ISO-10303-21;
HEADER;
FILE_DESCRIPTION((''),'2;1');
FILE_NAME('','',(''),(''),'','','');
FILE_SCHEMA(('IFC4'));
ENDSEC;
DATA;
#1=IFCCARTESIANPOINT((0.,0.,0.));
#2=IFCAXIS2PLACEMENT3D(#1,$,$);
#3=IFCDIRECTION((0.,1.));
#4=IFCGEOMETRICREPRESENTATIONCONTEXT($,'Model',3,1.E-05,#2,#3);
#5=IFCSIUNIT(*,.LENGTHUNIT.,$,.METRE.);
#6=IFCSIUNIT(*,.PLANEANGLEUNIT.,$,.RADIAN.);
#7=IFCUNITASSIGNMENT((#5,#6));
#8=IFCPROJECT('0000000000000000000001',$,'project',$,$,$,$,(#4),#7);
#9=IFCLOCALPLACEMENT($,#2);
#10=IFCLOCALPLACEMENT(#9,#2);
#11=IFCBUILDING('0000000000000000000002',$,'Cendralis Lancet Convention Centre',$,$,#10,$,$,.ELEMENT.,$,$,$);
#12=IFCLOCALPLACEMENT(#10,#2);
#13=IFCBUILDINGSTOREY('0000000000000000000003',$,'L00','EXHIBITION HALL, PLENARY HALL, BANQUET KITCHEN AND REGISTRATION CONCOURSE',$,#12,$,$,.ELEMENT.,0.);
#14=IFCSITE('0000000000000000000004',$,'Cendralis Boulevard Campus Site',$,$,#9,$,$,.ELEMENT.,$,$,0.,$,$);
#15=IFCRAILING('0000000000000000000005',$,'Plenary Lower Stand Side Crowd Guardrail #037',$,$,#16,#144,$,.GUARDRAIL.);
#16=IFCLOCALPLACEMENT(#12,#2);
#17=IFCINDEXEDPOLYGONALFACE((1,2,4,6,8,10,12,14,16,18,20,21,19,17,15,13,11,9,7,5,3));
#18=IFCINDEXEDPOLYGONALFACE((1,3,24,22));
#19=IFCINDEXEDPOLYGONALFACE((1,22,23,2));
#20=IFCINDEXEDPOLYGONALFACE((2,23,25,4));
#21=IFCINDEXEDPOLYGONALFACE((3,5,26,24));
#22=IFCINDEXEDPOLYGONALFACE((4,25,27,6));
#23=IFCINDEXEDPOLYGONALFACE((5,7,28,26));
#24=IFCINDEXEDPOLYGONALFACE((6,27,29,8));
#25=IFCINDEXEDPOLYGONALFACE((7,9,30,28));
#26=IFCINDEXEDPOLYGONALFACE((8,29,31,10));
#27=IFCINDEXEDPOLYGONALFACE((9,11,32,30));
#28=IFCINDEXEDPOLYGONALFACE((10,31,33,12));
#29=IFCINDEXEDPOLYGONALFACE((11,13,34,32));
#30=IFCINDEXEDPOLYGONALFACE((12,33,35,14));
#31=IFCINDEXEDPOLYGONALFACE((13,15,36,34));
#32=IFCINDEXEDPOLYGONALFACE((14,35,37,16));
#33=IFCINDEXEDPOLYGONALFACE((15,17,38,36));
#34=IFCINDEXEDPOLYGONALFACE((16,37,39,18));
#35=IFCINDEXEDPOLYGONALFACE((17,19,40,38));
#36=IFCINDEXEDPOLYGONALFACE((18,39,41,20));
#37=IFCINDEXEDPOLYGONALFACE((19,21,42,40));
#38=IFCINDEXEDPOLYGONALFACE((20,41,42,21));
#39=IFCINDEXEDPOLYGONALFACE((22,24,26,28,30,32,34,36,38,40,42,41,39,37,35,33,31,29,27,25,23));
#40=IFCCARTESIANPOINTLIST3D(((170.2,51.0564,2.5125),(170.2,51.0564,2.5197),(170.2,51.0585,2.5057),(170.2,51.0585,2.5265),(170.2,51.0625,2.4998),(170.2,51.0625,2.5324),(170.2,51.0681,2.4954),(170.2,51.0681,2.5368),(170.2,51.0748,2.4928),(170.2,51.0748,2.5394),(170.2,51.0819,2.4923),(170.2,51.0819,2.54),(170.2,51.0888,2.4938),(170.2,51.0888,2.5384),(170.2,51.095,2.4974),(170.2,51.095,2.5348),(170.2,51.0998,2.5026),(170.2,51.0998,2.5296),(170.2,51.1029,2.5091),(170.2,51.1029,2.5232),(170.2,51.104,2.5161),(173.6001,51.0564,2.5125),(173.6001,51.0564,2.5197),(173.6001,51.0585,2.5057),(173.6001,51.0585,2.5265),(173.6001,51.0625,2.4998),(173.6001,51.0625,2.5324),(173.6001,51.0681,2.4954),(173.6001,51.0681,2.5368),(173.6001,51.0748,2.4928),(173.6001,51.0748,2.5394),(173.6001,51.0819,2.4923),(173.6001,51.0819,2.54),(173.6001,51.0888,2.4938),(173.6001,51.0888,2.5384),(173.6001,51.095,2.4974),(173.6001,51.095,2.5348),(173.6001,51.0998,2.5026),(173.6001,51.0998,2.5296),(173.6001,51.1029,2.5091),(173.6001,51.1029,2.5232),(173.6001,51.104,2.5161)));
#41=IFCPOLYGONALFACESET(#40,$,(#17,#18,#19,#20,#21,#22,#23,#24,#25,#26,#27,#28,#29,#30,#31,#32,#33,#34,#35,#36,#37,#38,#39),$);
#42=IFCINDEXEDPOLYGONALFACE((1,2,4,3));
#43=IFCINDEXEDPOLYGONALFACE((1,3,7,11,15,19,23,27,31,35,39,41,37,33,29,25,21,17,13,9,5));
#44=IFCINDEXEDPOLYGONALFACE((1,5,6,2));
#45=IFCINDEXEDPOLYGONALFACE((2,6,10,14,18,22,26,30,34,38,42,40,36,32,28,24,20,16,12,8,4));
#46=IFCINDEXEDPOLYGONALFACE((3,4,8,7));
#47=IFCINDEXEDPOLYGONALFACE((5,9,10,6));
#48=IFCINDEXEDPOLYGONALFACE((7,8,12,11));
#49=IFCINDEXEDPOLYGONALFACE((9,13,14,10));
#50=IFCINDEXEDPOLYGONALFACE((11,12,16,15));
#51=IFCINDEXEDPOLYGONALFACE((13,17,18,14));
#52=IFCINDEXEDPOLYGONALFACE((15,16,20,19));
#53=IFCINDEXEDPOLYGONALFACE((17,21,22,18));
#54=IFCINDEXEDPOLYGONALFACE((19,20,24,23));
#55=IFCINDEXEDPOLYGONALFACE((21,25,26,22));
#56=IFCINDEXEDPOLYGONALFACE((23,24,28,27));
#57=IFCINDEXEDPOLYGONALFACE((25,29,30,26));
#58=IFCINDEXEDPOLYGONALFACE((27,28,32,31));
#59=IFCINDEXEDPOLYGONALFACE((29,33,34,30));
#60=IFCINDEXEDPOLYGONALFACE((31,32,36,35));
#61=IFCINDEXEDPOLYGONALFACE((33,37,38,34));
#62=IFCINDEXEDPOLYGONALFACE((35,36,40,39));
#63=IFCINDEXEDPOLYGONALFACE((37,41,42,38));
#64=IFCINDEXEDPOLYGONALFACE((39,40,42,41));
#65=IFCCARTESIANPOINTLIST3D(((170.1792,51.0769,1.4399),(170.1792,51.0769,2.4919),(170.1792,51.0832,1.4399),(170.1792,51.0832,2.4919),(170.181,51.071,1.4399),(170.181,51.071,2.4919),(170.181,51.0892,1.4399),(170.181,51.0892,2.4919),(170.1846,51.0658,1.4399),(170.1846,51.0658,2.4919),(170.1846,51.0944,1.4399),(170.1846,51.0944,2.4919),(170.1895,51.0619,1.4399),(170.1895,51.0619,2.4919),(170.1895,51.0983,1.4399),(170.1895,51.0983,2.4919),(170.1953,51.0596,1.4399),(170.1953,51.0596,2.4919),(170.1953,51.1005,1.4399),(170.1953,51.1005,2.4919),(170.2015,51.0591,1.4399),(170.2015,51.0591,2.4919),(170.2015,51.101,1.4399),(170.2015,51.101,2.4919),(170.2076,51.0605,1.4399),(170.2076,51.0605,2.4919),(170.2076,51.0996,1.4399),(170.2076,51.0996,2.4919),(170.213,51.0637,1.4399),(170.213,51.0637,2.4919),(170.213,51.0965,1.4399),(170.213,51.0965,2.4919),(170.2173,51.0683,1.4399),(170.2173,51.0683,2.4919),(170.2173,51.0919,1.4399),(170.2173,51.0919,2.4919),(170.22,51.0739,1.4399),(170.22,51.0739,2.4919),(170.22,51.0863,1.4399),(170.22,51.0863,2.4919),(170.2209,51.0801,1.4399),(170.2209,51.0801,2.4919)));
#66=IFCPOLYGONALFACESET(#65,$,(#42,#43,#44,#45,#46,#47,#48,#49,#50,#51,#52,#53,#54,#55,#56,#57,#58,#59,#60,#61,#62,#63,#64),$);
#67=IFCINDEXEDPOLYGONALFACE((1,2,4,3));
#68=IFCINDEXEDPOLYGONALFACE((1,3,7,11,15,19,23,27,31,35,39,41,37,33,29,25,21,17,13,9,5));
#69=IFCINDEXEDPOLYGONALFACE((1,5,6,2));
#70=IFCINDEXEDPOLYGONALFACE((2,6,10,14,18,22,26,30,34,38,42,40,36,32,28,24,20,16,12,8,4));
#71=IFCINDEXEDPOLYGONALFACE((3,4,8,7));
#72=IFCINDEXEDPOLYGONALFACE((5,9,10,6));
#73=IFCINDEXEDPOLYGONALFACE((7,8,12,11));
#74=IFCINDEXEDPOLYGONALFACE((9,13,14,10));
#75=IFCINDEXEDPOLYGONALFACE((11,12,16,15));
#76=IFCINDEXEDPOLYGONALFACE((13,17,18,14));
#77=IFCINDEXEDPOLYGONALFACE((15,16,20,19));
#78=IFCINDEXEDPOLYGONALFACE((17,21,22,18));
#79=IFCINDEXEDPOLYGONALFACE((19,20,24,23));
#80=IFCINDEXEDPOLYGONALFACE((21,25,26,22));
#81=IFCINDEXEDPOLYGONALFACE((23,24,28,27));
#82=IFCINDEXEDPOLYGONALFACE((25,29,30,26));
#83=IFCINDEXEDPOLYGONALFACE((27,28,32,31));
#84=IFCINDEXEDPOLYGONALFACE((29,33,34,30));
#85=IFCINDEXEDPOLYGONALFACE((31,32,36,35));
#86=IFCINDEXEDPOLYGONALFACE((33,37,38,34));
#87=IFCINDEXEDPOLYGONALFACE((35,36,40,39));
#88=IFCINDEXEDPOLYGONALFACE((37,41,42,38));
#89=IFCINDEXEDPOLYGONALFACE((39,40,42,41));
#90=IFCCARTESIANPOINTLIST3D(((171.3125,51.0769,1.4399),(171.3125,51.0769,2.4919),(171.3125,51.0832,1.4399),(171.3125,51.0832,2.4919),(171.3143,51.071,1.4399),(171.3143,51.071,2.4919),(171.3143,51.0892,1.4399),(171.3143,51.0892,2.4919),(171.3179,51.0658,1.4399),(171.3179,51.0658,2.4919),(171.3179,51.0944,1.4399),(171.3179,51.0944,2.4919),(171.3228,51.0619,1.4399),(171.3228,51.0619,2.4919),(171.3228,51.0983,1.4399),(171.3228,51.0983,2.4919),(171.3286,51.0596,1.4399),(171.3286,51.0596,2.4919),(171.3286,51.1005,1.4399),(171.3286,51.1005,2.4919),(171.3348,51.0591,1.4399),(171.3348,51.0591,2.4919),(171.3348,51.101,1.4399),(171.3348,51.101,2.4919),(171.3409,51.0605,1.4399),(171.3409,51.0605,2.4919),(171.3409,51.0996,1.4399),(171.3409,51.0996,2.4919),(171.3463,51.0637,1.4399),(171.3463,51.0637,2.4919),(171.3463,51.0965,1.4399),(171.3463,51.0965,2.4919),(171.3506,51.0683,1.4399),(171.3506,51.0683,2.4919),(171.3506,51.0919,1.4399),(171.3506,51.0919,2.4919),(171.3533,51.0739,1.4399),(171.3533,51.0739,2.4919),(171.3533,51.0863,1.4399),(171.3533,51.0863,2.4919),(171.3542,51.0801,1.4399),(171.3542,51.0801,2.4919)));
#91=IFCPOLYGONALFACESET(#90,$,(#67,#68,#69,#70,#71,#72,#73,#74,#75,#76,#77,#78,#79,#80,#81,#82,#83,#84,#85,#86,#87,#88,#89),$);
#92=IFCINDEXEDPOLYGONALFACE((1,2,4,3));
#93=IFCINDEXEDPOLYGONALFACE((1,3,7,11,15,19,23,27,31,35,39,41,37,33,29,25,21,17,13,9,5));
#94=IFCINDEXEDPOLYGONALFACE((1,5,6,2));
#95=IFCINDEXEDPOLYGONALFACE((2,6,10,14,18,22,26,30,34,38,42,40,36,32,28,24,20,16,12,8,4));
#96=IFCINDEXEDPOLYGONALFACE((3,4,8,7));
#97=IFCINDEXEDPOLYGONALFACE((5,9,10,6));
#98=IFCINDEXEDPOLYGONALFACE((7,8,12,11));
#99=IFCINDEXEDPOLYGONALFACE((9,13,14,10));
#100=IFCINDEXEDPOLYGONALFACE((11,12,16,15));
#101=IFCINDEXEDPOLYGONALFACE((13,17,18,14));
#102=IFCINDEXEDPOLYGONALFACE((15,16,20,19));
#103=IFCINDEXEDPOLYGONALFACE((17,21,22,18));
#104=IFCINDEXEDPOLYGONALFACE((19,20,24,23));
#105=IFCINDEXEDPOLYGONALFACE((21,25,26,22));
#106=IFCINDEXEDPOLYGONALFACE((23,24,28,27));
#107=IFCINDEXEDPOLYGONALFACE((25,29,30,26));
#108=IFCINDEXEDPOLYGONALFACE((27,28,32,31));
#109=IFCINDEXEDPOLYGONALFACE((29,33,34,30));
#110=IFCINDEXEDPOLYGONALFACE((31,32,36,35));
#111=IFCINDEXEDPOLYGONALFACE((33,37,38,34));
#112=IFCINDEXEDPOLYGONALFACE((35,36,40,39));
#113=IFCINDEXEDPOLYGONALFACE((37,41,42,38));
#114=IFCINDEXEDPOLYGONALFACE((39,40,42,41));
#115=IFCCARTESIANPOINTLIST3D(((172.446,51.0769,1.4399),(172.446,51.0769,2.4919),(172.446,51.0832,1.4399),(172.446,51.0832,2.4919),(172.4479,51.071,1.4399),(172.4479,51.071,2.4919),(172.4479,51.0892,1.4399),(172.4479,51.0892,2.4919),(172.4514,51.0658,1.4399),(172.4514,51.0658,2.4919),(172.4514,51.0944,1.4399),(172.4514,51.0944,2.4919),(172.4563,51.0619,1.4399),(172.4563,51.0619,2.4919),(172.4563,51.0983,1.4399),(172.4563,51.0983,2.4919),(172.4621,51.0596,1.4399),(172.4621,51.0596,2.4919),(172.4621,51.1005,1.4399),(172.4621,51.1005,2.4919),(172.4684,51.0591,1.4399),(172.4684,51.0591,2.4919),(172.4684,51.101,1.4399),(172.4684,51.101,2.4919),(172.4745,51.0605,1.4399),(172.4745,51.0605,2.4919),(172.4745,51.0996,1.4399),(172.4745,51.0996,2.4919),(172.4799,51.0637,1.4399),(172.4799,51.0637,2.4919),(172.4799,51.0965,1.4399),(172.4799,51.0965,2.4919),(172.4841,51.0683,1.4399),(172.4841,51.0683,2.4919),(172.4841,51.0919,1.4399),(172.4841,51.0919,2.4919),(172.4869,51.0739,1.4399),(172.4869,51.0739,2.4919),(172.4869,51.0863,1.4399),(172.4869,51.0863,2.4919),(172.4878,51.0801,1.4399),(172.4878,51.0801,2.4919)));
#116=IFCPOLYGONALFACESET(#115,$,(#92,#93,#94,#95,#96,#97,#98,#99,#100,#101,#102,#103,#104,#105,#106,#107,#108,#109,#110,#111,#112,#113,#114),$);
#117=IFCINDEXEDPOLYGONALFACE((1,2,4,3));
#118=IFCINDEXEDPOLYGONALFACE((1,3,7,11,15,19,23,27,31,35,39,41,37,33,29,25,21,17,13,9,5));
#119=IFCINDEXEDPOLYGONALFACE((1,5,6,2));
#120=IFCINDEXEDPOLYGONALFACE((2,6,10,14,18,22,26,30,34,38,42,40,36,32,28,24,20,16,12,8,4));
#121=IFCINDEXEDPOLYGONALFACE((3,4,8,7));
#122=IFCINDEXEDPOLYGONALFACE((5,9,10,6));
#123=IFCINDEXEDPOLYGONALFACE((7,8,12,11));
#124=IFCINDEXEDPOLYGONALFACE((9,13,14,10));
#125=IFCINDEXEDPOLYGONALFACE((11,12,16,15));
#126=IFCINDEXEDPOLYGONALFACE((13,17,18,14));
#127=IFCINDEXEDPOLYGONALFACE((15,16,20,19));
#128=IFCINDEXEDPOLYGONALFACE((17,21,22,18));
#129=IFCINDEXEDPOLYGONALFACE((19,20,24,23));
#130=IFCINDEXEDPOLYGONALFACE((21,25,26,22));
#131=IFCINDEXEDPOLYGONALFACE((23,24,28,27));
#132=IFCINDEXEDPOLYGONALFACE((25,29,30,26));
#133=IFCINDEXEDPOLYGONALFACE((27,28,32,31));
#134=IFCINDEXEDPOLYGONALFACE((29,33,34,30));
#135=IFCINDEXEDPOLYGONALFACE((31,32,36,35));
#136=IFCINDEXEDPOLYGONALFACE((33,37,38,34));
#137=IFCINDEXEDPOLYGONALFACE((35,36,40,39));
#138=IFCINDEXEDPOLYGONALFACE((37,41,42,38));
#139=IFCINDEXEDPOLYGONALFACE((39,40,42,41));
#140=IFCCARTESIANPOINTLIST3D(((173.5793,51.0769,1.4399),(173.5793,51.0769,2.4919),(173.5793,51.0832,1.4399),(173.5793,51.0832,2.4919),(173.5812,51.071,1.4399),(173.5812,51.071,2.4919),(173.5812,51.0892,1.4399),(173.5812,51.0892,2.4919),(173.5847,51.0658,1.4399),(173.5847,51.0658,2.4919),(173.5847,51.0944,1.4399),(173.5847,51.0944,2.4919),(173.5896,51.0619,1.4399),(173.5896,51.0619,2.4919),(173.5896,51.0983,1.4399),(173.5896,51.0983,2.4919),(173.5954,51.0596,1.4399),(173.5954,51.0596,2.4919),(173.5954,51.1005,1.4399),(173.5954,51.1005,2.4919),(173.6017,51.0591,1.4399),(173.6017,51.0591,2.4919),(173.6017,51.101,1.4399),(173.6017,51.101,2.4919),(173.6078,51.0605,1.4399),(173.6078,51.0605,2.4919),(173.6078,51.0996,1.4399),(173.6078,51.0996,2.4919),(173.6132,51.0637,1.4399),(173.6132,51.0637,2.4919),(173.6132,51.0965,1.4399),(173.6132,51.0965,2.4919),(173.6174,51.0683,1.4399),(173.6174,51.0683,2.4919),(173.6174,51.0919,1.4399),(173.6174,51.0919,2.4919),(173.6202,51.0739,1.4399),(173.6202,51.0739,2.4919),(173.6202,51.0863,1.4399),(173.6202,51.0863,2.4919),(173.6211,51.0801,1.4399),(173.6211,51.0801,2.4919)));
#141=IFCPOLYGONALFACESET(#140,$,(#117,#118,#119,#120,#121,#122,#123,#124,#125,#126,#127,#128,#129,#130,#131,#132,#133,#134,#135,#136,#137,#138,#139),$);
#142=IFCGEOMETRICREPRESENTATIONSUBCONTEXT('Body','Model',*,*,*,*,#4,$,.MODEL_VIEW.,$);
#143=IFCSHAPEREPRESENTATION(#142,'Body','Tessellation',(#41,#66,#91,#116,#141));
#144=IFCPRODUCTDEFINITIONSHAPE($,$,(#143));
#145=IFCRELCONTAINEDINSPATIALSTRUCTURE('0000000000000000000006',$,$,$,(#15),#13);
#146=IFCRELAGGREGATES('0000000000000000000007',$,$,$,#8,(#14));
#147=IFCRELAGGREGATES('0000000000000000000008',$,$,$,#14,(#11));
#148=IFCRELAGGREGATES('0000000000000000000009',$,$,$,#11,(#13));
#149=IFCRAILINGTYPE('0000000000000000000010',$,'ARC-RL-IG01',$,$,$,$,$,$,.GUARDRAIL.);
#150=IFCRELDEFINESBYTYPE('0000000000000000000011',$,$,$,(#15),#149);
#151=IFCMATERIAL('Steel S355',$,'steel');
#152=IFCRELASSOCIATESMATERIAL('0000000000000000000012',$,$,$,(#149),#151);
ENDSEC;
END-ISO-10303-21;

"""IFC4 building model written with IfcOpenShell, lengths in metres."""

from ifc_helpers import new_model, si_unit, direction, frame, origin, origin_2d, place, context, subcontext, project, spatial, circle, extrude, material, type_object, element, save


model = new_model("IFC4")

# Units and contexts
model_context = context("Model", 3, precision=1e-05, world=origin(), true_north=direction((0.0, 1.0)))
body_context = subcontext(model_context, "Body", "Model", "MODEL_VIEW")
ifc_project = project(units=[si_unit("LENGTHUNIT", "METRE"), si_unit("PLANEANGLEUNIT", "RADIAN")], contexts=[model_context])

# Site, building, storey
site_placement = place(None, origin())
site = spatial("IfcSite", under=ifc_project, at=site_placement, Name="Cendralis Boulevard Campus Site", CompositionType="ELEMENT", RefElevation=0.0)
building_placement = place(site_placement, origin())
building = spatial("IfcBuilding", under=site, at=building_placement, Name="Cendralis Lancet Convention Centre", CompositionType="ELEMENT")
storey_placement = place(building_placement, origin())
storey = spatial("IfcBuildingStorey", under=building, at=storey_placement, Name="L00", Description="EXHIBITION HALL, PLENARY HALL, BANQUET KITCHEN AND REGISTRATION CONCOURSE", CompositionType="ELEMENT", Elevation=0.0)

# Railing
ifc_material_1 = material(Name="Steel S355", Category="steel")
railing_type = type_object("IfcRailingType", Name="ARC-RL-IG01", PredefinedType="GUARDRAIL", material=ifc_material_1)
railing_1_placement = place(storey_placement, frame((170.2, 51.0801, 1.4399)))
element("IfcRailing", 1, at=railing_1_placement, inside=storey, type_object=railing_type, Name="Plenary Lower Stand Side Crowd Guardrail #037", PredefinedType="GUARDRAIL", context=body_context, shape_type="SweptSolid", body=[
    extrude(circle(Radius=0.0239, at=origin_2d()), frame((0.0, 0.0, 1.0762), z_axis=(1.0, 0.0, 0.0), x_axis=(0.0, 1.0, 0.0)), (0.0, 0.0, 1.0), 3.4001),
    extrude(circle(Radius=0.021, at=origin_2d()), origin(), (0.0, 0.0, 1.0), 1.052),
    extrude(circle(Radius=0.021, at=origin_2d()), frame((1.1333, 0.0, 0.0)), (0.0, 0.0, 1.0), 1.052),
    extrude(circle(Radius=0.021, at=origin_2d()), frame((2.2668, 0.0, 0.0)), (0.0, 0.0, 1.0), 1.052),
    extrude(circle(Radius=0.021, at=origin_2d()), frame((3.4001, 0.0, 0.0)), (0.0, 0.0, 1.0), 1.052),
])

save(model, "model.ifc")
